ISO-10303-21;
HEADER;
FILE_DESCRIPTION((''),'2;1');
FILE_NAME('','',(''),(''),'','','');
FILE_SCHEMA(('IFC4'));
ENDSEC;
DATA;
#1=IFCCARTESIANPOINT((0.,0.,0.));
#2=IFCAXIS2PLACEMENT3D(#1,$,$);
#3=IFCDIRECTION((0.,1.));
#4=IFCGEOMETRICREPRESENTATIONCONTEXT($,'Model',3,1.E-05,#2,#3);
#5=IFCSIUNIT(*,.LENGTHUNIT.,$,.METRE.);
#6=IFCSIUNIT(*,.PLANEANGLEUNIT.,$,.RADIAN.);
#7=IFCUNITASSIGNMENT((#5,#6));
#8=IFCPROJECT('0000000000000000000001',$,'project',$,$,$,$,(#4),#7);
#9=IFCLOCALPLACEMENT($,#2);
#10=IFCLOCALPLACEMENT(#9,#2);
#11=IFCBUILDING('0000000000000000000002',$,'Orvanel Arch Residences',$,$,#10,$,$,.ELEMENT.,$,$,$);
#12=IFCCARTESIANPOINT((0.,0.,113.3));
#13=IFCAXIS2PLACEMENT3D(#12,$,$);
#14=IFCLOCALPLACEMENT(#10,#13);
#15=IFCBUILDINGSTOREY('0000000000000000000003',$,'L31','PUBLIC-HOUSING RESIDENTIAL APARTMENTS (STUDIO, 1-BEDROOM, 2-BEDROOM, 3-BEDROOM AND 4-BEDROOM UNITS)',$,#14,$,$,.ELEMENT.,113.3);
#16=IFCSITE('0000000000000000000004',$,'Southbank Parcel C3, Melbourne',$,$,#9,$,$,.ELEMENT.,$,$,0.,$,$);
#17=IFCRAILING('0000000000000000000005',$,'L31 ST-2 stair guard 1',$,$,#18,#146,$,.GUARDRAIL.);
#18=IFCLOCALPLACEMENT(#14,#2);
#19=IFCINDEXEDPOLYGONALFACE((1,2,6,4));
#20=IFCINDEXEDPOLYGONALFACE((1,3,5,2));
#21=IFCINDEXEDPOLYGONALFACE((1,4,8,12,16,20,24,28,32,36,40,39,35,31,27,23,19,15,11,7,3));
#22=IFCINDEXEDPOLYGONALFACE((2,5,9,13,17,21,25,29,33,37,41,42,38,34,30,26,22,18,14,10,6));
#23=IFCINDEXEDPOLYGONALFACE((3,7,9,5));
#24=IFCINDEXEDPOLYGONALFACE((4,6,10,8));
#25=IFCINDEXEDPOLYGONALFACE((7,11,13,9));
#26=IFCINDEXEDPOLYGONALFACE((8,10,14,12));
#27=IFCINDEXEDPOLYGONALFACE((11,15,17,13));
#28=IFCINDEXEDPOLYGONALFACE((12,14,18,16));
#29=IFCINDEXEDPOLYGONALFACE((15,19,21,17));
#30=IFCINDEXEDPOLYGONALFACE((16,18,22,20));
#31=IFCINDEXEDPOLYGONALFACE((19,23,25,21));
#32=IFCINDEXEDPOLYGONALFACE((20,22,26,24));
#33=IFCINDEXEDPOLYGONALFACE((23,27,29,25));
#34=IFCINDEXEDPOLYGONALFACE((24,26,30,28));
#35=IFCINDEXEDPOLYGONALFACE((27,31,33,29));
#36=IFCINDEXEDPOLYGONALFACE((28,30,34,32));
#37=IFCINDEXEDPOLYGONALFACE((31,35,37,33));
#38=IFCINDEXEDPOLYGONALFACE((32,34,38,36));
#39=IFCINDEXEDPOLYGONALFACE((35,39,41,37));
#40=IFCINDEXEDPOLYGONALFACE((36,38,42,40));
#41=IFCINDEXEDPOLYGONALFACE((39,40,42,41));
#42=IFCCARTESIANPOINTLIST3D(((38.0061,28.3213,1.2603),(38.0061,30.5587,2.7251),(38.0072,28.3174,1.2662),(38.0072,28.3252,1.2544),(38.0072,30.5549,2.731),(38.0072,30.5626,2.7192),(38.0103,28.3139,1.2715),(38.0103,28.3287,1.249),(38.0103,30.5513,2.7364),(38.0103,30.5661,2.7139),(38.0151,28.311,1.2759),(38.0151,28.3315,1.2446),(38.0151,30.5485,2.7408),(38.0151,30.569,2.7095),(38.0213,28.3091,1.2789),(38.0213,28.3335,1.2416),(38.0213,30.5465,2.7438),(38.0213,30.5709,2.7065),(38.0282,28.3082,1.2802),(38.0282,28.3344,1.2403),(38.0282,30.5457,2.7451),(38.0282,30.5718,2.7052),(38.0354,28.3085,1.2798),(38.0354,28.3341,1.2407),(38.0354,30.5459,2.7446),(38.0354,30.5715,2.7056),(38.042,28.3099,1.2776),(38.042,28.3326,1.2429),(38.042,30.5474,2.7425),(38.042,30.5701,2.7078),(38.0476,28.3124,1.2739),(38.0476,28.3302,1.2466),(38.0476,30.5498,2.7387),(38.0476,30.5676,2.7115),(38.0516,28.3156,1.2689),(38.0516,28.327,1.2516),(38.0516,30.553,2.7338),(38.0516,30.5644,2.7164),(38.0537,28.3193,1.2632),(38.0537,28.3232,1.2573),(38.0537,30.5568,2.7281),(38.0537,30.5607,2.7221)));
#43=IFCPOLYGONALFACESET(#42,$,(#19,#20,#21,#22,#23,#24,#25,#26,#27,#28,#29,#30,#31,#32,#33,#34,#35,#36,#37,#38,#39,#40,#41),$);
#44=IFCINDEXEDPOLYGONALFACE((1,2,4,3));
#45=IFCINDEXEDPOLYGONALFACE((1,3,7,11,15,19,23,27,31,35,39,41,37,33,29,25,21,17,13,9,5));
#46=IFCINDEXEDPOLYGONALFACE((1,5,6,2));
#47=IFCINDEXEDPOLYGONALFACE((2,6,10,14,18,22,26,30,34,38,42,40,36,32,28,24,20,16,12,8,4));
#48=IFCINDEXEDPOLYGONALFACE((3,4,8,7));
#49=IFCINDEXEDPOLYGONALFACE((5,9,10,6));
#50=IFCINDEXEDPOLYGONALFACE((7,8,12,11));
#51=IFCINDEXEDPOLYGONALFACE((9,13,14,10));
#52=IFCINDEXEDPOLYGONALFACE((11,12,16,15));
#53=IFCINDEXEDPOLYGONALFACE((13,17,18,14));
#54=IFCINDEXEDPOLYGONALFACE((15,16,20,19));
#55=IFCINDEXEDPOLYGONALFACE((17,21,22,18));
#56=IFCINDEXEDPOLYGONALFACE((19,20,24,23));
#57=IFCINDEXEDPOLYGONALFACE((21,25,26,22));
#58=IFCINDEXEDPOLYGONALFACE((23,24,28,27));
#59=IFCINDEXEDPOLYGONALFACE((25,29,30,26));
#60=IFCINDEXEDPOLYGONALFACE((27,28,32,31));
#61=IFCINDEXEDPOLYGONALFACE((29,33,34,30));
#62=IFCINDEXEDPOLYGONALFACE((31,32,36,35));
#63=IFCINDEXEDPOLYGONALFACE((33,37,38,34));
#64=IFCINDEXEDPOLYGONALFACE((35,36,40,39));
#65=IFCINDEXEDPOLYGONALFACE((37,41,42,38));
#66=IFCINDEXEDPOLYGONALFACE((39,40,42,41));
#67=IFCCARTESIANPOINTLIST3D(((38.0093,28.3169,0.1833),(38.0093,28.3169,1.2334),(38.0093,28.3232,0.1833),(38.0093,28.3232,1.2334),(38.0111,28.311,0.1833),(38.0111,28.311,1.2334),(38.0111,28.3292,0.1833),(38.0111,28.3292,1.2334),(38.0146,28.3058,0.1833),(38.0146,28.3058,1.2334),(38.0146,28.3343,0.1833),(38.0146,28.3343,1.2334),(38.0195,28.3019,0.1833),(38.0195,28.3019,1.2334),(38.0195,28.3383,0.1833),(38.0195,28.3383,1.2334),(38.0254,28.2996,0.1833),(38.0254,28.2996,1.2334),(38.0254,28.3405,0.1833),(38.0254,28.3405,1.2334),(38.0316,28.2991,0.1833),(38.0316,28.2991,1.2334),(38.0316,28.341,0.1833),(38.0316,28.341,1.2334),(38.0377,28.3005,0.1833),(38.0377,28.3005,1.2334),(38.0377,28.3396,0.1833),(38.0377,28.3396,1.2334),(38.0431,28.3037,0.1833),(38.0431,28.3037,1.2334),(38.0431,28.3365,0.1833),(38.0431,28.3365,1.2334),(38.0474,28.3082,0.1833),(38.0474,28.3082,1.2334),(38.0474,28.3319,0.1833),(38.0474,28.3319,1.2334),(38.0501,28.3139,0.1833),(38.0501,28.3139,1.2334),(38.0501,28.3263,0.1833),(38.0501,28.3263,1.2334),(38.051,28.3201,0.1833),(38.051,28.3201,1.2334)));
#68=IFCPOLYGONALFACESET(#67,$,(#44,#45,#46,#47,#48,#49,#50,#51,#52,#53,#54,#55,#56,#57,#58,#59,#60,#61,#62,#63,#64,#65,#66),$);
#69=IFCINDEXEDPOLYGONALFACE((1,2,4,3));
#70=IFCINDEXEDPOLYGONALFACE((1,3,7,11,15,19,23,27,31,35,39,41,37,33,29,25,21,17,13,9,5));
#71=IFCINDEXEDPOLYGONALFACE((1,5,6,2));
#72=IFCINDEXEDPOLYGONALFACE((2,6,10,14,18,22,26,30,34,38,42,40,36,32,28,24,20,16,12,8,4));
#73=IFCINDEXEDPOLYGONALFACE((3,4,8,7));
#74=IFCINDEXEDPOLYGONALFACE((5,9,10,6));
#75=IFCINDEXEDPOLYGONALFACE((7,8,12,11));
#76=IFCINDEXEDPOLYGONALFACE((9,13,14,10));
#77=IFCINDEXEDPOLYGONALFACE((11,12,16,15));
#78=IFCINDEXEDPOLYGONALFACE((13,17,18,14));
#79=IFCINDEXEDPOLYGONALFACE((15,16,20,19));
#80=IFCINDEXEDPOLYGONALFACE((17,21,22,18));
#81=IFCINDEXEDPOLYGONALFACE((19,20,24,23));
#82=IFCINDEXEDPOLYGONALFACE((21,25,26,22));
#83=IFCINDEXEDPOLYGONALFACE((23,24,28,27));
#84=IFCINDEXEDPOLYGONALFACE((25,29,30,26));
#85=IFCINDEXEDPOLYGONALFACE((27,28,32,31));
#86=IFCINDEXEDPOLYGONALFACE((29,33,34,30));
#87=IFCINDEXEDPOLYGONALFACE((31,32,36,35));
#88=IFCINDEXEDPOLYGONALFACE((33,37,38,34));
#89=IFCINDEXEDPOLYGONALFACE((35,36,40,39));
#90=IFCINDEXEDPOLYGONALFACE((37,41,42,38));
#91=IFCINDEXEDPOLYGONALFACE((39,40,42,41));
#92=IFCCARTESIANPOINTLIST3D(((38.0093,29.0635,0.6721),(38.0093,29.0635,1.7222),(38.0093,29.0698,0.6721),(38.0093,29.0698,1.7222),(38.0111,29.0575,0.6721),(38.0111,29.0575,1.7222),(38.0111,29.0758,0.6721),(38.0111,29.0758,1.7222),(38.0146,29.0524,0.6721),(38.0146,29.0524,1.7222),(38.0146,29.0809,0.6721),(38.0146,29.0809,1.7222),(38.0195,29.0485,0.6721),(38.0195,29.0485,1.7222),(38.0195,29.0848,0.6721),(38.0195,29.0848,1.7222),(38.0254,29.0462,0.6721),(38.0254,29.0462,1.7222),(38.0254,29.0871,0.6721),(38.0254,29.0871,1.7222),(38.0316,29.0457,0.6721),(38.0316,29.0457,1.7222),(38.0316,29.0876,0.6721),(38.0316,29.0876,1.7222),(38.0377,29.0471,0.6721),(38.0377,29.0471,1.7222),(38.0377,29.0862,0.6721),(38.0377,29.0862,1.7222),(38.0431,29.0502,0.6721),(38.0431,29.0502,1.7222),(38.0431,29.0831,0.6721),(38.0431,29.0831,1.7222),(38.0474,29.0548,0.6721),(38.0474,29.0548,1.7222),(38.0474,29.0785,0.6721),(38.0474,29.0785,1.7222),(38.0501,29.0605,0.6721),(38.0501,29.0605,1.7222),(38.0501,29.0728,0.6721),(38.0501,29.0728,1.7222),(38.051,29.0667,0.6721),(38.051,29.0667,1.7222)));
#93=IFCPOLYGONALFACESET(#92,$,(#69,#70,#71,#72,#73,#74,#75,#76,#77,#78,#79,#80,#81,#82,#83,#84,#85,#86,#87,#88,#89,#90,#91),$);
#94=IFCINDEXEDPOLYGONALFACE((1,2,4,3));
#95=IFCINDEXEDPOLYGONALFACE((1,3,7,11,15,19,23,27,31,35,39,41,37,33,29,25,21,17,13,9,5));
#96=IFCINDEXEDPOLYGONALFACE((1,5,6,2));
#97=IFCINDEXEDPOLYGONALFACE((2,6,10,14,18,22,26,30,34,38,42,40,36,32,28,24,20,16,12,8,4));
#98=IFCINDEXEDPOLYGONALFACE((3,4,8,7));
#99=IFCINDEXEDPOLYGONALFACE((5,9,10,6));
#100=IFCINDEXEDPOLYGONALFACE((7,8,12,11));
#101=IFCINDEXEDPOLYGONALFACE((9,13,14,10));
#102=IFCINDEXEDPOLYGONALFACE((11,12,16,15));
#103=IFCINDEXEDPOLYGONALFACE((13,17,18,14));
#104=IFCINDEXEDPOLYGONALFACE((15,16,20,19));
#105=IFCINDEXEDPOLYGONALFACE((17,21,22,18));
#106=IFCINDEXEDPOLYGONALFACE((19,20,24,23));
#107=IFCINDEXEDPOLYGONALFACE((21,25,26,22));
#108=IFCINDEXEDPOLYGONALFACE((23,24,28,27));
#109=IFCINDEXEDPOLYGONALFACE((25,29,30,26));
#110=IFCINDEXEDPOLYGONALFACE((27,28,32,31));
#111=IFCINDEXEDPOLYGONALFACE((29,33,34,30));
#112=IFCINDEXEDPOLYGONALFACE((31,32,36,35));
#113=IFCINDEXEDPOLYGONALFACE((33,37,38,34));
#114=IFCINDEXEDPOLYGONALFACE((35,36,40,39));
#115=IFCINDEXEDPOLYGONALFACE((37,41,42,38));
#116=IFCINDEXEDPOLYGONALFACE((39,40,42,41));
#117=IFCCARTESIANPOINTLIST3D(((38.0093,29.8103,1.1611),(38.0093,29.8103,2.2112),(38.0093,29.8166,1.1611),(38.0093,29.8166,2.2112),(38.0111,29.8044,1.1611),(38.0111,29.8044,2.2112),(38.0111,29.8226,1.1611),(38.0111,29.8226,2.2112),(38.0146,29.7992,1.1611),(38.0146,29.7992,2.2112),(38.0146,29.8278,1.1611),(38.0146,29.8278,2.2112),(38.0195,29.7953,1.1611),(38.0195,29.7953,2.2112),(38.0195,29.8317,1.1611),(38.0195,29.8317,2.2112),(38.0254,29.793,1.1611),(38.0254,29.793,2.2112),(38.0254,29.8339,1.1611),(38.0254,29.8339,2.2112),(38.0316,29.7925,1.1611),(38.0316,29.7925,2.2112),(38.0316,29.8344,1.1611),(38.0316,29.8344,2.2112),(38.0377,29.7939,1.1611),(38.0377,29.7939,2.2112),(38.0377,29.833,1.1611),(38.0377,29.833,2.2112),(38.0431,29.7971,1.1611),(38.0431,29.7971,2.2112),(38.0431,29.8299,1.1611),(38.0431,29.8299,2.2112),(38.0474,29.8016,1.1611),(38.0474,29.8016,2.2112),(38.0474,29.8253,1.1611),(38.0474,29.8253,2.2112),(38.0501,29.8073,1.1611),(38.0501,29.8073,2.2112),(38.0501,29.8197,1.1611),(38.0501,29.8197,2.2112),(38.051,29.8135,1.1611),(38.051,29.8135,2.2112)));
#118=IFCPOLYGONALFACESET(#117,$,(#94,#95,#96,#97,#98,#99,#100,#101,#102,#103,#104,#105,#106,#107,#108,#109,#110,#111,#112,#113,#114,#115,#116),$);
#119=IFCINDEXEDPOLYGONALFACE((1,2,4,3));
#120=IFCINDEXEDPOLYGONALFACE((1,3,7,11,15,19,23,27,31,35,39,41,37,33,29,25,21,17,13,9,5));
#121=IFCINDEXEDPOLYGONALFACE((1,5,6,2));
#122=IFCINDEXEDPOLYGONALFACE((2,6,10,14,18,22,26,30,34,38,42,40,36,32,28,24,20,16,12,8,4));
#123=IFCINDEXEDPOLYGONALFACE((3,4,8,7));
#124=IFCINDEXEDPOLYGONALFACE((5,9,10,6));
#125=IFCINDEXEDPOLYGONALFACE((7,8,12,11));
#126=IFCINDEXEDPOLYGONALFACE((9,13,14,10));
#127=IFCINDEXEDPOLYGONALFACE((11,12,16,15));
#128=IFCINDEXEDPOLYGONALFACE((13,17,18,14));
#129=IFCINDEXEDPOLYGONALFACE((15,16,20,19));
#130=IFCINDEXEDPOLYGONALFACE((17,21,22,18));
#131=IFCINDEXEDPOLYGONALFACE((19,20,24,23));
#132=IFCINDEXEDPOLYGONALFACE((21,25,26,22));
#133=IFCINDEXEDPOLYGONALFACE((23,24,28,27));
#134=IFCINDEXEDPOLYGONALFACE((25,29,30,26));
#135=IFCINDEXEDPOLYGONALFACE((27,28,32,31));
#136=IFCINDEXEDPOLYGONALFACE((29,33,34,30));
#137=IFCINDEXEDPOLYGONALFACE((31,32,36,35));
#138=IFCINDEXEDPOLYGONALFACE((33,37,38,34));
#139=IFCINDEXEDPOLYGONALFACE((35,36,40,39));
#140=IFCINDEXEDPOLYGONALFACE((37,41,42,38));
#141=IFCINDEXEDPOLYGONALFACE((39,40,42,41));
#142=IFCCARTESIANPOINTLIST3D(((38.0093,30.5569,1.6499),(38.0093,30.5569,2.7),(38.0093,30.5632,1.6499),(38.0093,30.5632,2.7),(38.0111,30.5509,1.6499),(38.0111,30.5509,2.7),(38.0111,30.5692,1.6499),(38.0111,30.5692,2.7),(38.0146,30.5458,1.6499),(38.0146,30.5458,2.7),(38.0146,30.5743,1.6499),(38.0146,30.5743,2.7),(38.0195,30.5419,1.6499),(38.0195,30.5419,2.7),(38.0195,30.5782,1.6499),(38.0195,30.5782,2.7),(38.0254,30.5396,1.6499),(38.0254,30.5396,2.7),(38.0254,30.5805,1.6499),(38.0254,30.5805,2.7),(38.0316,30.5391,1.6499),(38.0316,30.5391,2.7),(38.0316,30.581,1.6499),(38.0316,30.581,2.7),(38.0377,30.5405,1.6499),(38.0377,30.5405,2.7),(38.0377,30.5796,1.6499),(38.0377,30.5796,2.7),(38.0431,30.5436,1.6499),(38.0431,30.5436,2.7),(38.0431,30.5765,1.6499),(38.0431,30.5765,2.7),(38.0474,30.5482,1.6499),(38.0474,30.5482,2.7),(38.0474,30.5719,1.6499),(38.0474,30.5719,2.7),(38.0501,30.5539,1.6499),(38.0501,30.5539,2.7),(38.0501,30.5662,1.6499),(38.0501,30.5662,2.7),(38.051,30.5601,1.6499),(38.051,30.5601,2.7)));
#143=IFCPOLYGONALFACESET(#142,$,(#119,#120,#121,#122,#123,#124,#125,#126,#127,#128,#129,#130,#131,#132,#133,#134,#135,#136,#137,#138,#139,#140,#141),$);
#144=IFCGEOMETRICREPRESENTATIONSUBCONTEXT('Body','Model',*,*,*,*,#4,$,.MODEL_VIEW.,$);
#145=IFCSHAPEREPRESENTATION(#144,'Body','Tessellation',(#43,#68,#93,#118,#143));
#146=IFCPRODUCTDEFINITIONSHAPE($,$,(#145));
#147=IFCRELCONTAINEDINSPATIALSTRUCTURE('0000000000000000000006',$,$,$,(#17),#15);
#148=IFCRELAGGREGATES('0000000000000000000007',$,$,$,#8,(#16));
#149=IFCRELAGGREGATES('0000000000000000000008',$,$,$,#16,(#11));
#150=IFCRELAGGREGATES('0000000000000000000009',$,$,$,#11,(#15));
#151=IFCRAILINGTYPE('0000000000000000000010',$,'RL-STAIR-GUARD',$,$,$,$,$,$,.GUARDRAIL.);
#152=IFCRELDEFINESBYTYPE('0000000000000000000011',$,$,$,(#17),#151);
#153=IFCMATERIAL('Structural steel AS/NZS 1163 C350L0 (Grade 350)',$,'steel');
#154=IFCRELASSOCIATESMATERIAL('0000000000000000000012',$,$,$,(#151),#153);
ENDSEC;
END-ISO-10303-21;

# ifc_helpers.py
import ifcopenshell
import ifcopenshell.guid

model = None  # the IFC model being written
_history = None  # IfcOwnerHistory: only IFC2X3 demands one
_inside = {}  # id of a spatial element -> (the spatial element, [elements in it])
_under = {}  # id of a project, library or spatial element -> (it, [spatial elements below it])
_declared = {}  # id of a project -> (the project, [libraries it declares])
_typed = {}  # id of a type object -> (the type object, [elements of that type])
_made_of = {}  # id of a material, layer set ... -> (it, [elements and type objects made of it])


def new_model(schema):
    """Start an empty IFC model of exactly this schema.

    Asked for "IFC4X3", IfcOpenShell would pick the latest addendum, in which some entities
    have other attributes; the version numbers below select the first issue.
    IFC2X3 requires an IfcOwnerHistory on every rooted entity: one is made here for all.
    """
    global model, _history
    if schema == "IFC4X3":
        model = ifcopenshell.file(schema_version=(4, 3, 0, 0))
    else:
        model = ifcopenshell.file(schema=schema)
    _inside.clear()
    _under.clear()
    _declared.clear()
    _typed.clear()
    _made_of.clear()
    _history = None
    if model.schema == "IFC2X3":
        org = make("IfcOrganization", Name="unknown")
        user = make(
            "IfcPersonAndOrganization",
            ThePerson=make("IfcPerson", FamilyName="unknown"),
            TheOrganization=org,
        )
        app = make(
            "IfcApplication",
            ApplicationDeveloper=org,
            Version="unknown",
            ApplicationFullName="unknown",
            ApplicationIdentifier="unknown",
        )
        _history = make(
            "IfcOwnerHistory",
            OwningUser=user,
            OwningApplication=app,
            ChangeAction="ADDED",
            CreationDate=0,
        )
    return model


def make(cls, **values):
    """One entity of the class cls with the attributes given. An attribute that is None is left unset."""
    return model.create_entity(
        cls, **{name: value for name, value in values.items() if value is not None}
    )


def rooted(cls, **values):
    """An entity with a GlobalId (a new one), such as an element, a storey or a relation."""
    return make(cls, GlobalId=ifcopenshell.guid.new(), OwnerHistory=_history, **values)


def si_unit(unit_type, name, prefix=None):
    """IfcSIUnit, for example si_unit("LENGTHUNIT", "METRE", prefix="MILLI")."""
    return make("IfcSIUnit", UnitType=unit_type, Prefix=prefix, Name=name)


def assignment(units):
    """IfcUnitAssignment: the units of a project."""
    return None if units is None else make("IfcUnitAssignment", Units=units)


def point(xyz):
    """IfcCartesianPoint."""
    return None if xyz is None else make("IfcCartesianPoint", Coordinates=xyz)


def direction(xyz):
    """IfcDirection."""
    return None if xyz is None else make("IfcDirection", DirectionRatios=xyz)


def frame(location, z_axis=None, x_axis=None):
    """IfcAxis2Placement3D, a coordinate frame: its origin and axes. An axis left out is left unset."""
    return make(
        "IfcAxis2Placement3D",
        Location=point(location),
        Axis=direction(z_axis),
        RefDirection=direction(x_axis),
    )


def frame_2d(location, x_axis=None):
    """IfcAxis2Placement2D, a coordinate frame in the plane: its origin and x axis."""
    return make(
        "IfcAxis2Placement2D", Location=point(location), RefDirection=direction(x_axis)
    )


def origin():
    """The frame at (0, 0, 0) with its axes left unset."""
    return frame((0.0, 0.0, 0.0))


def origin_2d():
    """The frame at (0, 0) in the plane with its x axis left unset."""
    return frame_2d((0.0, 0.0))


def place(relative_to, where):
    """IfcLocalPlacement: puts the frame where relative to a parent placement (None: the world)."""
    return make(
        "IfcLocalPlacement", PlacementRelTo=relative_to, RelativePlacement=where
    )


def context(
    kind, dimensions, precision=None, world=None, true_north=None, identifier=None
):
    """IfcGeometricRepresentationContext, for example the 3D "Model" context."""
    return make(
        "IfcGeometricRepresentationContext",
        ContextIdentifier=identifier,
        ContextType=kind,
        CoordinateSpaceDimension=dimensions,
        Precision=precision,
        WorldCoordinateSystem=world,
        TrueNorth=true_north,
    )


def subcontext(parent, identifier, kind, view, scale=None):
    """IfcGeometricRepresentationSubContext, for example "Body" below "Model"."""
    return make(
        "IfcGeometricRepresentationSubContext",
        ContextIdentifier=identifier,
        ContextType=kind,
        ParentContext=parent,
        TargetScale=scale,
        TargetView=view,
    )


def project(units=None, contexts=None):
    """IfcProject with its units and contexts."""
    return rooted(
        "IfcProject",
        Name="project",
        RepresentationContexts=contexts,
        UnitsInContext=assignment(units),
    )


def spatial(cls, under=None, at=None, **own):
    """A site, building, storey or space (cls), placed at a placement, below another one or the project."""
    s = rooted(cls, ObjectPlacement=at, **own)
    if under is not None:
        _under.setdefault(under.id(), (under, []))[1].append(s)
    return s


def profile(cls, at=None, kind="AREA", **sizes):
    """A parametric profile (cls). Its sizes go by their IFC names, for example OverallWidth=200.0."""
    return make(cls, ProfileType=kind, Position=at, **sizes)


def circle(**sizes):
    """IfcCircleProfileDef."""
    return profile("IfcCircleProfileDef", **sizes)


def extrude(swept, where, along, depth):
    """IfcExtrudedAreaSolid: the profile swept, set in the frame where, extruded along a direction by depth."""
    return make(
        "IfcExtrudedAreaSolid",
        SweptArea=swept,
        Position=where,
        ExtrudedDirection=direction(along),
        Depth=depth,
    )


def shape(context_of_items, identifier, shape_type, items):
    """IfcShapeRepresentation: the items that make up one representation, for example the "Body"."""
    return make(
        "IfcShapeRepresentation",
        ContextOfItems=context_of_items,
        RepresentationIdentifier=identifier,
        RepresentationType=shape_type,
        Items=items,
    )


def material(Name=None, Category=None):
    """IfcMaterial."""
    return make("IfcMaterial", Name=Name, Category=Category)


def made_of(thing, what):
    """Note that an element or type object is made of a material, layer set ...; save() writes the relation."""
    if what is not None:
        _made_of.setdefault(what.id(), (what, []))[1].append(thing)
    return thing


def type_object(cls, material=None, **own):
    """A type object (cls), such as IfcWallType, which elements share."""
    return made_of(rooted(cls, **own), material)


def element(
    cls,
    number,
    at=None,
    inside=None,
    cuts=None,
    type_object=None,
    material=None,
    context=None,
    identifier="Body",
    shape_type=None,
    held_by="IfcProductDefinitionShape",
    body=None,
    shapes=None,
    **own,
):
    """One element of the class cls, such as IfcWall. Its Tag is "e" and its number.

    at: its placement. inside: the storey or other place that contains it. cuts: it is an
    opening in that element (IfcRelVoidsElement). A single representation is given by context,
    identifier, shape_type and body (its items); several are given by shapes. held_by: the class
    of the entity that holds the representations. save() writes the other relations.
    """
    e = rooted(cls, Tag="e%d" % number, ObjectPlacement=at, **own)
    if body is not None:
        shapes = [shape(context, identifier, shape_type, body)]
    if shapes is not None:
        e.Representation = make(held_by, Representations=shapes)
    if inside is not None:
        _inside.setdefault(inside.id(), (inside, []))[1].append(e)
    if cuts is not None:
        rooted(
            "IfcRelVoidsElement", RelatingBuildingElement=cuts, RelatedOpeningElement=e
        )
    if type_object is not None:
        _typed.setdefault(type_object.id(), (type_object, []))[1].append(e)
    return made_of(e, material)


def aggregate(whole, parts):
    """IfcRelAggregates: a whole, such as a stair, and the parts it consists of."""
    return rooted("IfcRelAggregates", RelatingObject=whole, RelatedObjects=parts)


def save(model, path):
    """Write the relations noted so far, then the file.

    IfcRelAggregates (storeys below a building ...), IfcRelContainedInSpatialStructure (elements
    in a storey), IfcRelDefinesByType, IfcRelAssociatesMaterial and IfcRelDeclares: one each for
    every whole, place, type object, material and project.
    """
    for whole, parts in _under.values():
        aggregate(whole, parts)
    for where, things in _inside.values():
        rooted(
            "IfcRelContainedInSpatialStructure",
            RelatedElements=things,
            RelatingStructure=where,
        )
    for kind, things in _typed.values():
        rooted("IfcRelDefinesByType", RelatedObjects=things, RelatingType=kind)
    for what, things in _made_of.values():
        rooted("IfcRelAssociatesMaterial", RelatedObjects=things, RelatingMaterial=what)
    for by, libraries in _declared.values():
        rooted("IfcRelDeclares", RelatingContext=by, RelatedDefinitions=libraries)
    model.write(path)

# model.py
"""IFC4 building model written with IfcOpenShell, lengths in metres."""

from ifc_helpers import new_model, si_unit, direction, frame, origin, origin_2d, place, context, subcontext, project, spatial, circle, extrude, material, type_object, element, save


model = new_model("IFC4")

# Units and contexts
model_context = context("Model", 3, precision=1e-05, world=origin(), true_north=direction((0.0, 1.0)))
body_context = subcontext(model_context, "Body", "Model", "MODEL_VIEW")
ifc_project = project(units=[si_unit("LENGTHUNIT", "METRE"), si_unit("PLANEANGLEUNIT", "RADIAN")], contexts=[model_context])

# Site, building, storey
site_placement = place(None, origin())
site = spatial("IfcSite", under=ifc_project, at=site_placement, Name="Southbank Parcel C3, Melbourne", CompositionType="ELEMENT", RefElevation=0.0)
building_placement = place(site_placement, origin())
building = spatial("IfcBuilding", under=site, at=building_placement, Name="Orvanel Arch Residences", CompositionType="ELEMENT")
storey_placement = place(building_placement, frame((0.0, 0.0, 113.3)))
storey = spatial("IfcBuildingStorey", under=building, at=storey_placement, Name="L31", Description="PUBLIC-HOUSING RESIDENTIAL APARTMENTS (STUDIO, 1-BEDROOM, 2-BEDROOM, 3-BEDROOM AND 4-BEDROOM UNITS)", CompositionType="ELEMENT", Elevation=113.3)

# Railing
ifc_material_1 = material(Name="Structural steel AS/NZS 1163 C350L0 (Grade 350)", Category="steel")
railing_type_1 = type_object("IfcRailingType", Name="RL-STAIR-GUARD", PredefinedType="GUARDRAIL", material=ifc_material_1)
railing_1_placement = place(storey_placement, frame((38.03, 28.3201, 0.1833)))
element("IfcRailing", 1, at=railing_1_placement, inside=storey, type_object=railing_type_1, Name="L31 ST-2 stair guard 1", PredefinedType="GUARDRAIL", context=body_context, shape_type="SweptSolid", body=[
    extrude(circle(Radius=0.0239, at=origin_2d()), frame((0.0, 0.0012, 1.0769), z_axis=(0.0, 0.836637, 0.547758), x_axis=(-1.0, 0.0, 0.0)), (0.0, 0.0, 1.0), 2.6743),
    extrude(circle(Radius=0.021, at=origin_2d()), origin(), (0.0, 0.0, 1.0), 1.05),
    extrude(circle(Radius=0.021, at=origin_2d()), frame((0.0, 0.7466, 0.4888)), (0.0, 0.0, 1.0), 1.05),
    extrude(circle(Radius=0.021, at=origin_2d()), frame((0.0, 1.4934, 0.9778)), (0.0, 0.0, 1.0), 1.05),
    extrude(circle(Radius=0.021, at=origin_2d()), frame((0.0, 2.24, 1.4666)), (0.0, 0.0, 1.0), 1.05),
])

save(model, "model.ifc")
